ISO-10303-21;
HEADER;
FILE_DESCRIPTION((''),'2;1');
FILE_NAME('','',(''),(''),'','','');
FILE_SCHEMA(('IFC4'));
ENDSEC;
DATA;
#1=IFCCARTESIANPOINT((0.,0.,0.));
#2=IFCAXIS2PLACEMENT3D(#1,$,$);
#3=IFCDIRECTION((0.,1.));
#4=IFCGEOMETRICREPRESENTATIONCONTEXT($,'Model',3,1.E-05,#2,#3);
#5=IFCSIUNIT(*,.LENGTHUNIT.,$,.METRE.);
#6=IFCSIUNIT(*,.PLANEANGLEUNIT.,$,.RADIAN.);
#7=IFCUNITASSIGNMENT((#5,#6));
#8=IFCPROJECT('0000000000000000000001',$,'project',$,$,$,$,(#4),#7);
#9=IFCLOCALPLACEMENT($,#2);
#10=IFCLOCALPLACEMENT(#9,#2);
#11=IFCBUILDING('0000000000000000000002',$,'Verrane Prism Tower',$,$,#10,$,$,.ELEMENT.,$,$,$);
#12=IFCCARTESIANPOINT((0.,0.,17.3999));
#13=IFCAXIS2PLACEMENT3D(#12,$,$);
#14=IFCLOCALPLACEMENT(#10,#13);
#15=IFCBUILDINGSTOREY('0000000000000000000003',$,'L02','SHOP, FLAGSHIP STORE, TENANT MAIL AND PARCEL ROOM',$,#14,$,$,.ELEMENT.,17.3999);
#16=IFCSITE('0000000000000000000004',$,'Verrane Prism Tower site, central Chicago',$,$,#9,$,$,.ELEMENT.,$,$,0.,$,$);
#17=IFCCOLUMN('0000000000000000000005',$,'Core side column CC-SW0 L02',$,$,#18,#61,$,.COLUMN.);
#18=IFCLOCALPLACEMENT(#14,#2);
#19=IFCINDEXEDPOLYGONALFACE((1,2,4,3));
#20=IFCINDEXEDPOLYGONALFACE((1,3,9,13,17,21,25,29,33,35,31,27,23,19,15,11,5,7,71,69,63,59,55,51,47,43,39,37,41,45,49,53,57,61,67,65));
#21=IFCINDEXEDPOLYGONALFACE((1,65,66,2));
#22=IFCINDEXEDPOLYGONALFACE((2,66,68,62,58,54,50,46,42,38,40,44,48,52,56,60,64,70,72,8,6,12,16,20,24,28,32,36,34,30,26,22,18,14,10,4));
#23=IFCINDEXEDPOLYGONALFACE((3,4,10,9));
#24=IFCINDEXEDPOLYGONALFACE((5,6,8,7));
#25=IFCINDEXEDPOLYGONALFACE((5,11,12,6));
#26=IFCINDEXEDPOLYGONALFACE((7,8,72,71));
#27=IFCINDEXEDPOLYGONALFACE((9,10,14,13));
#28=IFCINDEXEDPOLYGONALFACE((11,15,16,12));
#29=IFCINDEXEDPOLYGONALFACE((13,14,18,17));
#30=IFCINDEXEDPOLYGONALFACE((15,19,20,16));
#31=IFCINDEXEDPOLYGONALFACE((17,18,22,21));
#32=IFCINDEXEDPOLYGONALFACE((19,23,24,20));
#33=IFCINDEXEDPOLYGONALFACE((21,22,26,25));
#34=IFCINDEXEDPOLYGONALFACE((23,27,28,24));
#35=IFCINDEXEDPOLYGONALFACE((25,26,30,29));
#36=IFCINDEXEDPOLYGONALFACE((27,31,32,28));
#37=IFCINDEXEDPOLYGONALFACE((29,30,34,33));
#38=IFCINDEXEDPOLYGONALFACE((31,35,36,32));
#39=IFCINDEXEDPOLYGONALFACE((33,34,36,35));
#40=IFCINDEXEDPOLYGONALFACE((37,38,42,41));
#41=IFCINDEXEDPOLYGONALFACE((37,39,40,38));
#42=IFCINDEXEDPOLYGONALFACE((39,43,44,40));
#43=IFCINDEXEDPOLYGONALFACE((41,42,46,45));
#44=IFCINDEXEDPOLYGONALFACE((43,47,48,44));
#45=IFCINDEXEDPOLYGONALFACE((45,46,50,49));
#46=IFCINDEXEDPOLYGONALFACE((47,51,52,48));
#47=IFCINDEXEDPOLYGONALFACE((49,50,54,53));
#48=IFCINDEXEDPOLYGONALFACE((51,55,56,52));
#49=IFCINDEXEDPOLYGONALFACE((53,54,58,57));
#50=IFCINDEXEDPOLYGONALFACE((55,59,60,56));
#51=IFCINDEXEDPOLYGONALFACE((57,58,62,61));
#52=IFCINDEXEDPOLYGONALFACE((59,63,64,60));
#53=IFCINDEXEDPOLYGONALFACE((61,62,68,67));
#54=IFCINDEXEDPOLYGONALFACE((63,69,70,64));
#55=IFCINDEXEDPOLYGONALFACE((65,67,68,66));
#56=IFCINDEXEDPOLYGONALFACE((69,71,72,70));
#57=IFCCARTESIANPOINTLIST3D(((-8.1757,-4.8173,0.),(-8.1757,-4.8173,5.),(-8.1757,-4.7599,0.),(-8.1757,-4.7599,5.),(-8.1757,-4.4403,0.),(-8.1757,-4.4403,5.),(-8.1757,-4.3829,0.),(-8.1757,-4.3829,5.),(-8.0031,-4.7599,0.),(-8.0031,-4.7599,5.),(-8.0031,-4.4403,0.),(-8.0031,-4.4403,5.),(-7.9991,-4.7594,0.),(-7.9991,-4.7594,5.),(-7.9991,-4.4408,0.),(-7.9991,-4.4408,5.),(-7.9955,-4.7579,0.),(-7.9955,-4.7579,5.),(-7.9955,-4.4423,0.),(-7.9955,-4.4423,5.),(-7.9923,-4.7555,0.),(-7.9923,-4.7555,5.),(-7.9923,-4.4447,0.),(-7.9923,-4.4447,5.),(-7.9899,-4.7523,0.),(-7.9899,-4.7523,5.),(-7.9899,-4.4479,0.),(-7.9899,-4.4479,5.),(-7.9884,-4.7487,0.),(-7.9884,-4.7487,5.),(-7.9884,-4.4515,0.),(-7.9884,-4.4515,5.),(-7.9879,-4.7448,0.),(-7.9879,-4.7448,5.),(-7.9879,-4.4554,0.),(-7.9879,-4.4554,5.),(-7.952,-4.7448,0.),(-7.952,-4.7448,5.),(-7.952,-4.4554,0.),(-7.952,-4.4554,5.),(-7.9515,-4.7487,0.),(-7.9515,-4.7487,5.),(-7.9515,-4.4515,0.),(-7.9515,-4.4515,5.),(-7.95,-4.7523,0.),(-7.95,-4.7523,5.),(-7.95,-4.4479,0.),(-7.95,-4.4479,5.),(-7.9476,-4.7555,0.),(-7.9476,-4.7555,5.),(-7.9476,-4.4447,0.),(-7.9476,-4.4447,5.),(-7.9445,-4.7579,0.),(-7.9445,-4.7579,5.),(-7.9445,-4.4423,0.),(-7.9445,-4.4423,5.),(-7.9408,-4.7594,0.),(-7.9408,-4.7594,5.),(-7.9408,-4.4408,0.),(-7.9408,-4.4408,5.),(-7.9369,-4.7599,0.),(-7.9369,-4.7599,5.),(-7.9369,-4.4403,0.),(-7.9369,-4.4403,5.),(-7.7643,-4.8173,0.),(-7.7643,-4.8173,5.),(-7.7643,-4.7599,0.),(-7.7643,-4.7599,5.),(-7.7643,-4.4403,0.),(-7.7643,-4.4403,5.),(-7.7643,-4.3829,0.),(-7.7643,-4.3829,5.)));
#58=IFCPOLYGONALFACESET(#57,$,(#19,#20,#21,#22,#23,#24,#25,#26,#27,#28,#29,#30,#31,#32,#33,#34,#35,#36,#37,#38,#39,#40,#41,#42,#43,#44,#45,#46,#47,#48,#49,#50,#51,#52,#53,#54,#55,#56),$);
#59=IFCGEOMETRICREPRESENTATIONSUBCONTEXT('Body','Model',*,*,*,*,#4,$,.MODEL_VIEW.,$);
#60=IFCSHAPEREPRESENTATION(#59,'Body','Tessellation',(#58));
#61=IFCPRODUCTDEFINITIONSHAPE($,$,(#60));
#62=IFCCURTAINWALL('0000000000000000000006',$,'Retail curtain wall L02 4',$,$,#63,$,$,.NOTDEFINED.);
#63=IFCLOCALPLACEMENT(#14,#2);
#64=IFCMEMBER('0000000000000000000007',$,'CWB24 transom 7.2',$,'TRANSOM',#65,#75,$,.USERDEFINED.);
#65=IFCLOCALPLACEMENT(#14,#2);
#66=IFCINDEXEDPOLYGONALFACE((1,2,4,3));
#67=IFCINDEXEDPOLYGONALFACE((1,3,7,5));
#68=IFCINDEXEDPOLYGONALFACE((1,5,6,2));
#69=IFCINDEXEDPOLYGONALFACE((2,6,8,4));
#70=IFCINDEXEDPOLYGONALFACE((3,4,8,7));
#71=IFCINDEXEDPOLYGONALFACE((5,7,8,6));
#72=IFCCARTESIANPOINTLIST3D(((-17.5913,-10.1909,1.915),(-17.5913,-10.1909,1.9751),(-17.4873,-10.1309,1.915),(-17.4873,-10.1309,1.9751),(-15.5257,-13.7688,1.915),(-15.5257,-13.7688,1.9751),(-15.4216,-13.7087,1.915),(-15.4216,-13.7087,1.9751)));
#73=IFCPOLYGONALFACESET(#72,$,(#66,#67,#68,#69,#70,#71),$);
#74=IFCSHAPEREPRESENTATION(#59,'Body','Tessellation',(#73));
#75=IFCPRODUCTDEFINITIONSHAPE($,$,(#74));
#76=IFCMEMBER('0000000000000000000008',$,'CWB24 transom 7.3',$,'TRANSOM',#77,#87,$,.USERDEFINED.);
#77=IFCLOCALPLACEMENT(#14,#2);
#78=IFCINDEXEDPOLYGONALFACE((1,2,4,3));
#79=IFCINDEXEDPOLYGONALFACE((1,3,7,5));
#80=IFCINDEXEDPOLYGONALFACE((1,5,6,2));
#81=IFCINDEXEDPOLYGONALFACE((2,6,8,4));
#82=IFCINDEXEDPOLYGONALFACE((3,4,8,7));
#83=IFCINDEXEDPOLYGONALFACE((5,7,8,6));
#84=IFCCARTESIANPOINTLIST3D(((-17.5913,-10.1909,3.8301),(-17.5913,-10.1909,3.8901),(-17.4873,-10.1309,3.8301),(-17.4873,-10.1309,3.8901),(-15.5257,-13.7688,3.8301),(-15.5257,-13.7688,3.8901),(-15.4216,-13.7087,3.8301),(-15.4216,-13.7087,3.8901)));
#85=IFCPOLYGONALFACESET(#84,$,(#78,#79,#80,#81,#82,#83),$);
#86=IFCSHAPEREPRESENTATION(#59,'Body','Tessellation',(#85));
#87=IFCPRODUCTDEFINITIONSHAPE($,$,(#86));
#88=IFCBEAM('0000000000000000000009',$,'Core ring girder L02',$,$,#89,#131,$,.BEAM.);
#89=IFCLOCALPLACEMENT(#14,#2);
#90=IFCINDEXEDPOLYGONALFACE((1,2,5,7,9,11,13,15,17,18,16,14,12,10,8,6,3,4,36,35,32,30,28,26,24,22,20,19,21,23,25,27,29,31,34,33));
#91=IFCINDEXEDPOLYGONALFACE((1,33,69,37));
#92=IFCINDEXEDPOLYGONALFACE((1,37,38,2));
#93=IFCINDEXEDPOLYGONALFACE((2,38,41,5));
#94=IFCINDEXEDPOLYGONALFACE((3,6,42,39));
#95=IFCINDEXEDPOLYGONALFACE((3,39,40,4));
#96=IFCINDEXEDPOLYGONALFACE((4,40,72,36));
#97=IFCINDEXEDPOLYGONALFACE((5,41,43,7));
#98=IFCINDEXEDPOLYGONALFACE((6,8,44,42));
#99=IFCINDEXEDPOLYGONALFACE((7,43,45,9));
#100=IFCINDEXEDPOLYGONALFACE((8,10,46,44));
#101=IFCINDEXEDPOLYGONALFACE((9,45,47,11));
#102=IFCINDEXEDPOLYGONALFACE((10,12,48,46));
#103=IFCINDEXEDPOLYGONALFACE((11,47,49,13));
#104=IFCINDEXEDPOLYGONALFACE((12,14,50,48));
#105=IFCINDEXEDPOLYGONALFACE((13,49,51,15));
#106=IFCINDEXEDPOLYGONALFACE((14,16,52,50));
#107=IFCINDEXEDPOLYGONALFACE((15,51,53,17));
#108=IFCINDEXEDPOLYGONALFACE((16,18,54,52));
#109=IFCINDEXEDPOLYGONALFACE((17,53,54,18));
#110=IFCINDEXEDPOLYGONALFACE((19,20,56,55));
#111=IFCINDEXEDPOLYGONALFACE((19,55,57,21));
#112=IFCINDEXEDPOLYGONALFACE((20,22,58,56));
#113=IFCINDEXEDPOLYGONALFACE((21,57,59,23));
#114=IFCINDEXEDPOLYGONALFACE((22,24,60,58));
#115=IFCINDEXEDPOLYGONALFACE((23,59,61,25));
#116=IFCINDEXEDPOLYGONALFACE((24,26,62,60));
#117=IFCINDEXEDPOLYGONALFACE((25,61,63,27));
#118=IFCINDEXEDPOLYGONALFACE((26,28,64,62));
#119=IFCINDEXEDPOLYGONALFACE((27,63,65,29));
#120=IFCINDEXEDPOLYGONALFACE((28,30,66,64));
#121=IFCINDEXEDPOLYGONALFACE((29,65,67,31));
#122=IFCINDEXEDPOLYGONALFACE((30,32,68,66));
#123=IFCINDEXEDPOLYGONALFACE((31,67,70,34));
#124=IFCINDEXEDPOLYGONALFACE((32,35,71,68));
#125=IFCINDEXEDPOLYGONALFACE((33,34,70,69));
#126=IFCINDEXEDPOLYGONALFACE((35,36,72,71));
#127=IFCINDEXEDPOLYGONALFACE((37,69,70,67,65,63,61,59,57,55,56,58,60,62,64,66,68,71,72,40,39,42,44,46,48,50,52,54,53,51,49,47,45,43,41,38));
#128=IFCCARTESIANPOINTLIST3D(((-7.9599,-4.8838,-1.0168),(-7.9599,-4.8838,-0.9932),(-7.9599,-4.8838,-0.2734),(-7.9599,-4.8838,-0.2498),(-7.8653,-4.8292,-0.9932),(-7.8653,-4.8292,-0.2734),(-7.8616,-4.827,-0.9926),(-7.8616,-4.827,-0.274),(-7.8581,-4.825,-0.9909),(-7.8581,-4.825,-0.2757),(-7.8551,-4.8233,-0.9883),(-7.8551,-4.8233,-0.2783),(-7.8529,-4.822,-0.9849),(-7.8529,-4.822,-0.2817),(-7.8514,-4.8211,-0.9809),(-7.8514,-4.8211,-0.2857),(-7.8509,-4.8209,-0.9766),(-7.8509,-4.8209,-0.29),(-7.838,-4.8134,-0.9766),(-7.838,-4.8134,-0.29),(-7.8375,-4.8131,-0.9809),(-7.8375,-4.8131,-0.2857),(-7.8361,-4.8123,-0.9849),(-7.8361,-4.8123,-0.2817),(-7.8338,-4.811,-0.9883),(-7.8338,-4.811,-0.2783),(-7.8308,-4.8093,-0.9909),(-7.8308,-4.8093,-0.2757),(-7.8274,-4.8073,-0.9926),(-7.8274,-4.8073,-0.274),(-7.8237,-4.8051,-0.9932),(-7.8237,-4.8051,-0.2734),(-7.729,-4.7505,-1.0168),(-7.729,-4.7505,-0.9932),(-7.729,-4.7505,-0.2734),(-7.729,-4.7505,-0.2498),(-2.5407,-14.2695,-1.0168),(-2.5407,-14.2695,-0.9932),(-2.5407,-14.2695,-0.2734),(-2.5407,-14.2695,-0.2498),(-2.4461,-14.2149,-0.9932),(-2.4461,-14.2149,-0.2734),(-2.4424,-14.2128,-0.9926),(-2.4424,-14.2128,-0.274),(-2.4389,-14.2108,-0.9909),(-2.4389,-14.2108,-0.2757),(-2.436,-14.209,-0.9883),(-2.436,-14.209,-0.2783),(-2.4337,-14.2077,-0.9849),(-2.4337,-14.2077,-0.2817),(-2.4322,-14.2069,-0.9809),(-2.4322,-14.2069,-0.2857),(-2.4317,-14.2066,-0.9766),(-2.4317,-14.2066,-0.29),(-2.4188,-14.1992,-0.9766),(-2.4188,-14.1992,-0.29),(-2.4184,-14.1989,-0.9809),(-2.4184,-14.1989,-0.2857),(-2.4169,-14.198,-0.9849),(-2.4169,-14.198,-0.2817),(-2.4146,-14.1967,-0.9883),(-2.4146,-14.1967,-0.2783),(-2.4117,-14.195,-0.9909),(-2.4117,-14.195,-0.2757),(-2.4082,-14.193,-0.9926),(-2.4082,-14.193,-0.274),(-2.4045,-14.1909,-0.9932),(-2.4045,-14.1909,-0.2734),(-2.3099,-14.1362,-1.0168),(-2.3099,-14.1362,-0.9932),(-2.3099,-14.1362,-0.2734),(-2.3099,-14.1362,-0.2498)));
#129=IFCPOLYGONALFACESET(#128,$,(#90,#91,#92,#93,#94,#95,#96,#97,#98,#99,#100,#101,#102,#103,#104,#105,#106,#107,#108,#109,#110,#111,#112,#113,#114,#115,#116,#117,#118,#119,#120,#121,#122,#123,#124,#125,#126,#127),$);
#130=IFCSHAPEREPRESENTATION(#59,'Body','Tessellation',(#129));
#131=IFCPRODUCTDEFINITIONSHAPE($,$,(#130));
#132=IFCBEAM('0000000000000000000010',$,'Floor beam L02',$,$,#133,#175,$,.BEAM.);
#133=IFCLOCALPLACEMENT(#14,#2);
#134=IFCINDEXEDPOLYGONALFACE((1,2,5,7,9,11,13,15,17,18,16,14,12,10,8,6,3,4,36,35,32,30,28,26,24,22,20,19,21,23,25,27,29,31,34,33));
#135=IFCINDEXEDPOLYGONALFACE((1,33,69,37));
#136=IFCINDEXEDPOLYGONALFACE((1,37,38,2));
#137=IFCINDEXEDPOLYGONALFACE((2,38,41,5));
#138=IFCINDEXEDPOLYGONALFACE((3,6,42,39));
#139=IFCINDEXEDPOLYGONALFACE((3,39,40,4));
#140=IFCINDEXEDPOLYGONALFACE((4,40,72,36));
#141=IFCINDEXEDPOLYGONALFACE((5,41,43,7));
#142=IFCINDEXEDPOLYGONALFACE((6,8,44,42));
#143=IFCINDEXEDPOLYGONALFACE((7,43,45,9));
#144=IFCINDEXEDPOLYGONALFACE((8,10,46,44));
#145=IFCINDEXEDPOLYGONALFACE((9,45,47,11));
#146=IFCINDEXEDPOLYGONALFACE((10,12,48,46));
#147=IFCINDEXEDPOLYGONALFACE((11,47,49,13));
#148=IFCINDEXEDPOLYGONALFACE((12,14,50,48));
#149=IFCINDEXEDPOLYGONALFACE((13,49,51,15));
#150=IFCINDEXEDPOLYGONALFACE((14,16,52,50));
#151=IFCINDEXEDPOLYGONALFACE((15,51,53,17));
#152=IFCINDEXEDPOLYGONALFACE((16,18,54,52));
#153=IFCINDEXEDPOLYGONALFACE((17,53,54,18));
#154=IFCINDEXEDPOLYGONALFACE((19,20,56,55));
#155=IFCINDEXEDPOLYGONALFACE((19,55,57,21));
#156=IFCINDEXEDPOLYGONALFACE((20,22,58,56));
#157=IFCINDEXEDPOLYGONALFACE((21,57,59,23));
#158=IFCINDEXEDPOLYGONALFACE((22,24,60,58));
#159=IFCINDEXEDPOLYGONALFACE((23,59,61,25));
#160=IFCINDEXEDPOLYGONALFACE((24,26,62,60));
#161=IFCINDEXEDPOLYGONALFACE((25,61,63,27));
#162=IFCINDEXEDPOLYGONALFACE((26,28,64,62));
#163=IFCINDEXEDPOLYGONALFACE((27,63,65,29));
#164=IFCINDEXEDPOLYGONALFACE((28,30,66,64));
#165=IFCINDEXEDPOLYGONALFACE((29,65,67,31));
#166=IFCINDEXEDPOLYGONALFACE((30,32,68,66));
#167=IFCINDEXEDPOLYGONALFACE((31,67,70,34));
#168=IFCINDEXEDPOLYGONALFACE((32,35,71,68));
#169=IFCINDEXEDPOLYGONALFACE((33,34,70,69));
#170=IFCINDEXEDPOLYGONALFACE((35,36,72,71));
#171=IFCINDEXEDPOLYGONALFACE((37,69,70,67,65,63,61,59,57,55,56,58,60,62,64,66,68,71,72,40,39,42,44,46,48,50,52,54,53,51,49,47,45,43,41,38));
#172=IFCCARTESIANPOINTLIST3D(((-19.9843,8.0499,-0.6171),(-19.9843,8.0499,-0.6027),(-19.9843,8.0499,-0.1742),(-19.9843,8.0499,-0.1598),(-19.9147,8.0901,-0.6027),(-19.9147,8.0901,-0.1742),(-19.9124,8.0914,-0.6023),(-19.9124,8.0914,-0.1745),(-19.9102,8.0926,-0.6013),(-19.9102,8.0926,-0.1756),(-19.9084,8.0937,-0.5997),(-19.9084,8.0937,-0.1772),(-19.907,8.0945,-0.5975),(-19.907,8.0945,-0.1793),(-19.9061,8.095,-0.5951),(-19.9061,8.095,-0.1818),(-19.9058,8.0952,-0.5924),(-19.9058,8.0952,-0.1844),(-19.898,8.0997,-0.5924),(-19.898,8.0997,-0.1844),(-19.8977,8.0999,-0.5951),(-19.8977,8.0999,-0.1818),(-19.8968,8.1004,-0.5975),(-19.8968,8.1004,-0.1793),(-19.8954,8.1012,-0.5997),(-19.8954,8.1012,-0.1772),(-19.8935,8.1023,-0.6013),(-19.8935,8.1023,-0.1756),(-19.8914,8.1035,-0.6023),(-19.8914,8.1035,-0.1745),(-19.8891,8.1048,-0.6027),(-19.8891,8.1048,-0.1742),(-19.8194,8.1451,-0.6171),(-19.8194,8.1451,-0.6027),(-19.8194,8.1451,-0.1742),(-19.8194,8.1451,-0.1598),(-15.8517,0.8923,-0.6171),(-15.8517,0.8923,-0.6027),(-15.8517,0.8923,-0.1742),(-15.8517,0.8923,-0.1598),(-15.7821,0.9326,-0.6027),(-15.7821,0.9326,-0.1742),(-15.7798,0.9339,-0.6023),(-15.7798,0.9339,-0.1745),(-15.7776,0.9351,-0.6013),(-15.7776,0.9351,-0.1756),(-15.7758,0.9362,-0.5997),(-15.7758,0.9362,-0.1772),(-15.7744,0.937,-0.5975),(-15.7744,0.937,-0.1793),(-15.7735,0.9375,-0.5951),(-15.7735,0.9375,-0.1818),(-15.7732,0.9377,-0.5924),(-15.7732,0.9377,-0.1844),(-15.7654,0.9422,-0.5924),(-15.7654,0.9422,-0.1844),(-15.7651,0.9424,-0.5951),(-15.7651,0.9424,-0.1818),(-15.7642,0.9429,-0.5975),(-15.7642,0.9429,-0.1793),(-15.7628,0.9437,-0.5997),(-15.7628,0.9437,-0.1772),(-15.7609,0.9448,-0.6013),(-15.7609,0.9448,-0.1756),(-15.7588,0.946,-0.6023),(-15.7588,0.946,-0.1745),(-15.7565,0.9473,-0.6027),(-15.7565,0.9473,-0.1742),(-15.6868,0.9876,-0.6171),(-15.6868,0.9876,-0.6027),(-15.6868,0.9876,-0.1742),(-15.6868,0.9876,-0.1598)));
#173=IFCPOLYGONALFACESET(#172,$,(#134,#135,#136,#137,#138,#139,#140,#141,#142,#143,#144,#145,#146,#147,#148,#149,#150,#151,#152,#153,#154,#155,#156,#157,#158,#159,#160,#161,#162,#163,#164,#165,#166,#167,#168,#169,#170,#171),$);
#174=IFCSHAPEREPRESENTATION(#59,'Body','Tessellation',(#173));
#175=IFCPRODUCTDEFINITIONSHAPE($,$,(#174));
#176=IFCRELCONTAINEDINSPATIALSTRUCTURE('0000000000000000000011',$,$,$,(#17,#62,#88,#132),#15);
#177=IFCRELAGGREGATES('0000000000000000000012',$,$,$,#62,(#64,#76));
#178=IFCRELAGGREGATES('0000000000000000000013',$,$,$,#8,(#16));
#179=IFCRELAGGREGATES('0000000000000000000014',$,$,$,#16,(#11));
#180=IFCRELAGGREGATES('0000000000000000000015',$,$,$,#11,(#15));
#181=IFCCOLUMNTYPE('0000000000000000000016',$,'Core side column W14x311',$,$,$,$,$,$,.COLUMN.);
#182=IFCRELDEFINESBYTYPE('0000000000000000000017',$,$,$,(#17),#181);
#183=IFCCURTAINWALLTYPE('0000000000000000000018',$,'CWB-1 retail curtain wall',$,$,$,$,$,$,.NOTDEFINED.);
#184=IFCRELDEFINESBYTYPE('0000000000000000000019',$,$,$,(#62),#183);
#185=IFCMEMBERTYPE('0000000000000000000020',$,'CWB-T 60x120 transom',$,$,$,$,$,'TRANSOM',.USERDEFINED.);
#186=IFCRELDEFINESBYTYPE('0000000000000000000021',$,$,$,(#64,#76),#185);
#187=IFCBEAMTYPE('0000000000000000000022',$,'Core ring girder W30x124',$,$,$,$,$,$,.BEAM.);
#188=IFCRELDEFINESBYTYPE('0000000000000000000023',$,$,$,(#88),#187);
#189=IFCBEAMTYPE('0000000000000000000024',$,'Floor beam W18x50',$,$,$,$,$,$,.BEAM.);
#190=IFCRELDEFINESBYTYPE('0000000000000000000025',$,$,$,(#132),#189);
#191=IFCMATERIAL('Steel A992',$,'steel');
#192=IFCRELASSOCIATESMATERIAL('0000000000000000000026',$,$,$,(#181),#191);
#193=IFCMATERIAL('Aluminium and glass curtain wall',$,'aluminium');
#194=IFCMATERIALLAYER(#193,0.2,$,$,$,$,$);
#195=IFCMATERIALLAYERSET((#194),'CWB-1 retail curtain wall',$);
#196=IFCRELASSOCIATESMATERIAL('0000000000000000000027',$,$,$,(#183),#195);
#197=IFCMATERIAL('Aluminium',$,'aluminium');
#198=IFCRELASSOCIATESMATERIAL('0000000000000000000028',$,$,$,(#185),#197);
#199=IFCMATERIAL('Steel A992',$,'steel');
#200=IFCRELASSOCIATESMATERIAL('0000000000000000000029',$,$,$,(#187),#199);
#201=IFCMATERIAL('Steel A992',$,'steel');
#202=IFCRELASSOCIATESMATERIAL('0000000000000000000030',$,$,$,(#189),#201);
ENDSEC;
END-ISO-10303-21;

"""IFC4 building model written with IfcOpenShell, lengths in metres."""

from ifc_helpers import new_model, si_unit, direction, frame, origin, origin_2d, place, context, subcontext, project, spatial, rectangle, i_section, extrude, material, layer, layer_set, material_profile, profile_set, type_object, element, aggregate, save


model = new_model("IFC4")

# Units and contexts
model_context = context("Model", 3, precision=1e-05, world=origin(), true_north=direction((0.0, 1.0)))
body_context = subcontext(model_context, "Body", "Model", "MODEL_VIEW")
ifc_project = project(units=[si_unit("LENGTHUNIT", "METRE"), si_unit("PLANEANGLEUNIT", "RADIAN")], contexts=[model_context])

# Site, building, storey
site_placement = place(None, origin())
site = spatial("IfcSite", under=ifc_project, at=site_placement, Name="Verrane Prism Tower site, central Chicago", CompositionType="ELEMENT", RefElevation=0.0)
building_placement = place(site_placement, origin())
building = spatial("IfcBuilding", under=site, at=building_placement, Name="Verrane Prism Tower", CompositionType="ELEMENT")
storey_placement = place(building_placement, frame((0.0, 0.0, 17.3999)))
storey = spatial("IfcBuildingStorey", under=building, at=storey_placement, Name="L02", Description="SHOP, FLAGSHIP STORE, TENANT MAIL AND PARCEL ROOM", CompositionType="ELEMENT", Elevation=17.3999)

# Column
ifc_material_1 = material(Name="Steel A992", Category="steel")
ifc_material_profile_1 = material_profile(ifc_material_1, i_section(OverallWidth=0.4114, OverallDepth=0.4343, WebThickness=0.0359, FlangeThickness=0.0574, FilletRadius=0.0151, at=origin_2d()), Name="W14x311")
ifc_profile_set_1 = profile_set([ifc_material_profile_1], Name="Steel A992")
column_type = type_object("IfcColumnType", Name="Core side column W14x311", PredefinedType="COLUMN", material=ifc_profile_set_1)
column_placement = place(storey_placement, frame((-7.97, -4.6001, 0.0), z_axis=(0.0, 0.0, 1.0), x_axis=(1.0, 0.0, 0.0)))
element("IfcColumn", 1, at=column_placement, inside=storey, type_object=column_type, Name="Core side column CC-SW0 L02", PredefinedType="COLUMN", context=body_context, shape_type="SweptSolid", body=[
    extrude(i_section(OverallWidth=0.4114, OverallDepth=0.4343, WebThickness=0.0359, FlangeThickness=0.0574, FilletRadius=0.0151, at=origin_2d()), origin(), (0.0, 0.0, 1.0), 5.0),
])

# Curtain wall, members
ifc_material_2 = material(Name="Aluminium and glass curtain wall", Category="aluminium")
ifc_layer_1 = layer(ifc_material_2, 0.2)
ifc_layer_set_1 = layer_set([ifc_layer_1], Name="CWB-1 retail curtain wall")
curtain_wall_type = type_object("IfcCurtainWallType", Name="CWB-1 retail curtain wall", PredefinedType="NOTDEFINED", material=ifc_layer_set_1)
curtain_wall_placement = place(storey_placement, origin())
curtain_wall = element("IfcCurtainWall", 2, at=curtain_wall_placement, inside=storey, type_object=curtain_wall_type, Name="Retail curtain wall L02 4", PredefinedType="NOTDEFINED")
ifc_material_3 = material(Name="Aluminium", Category="aluminium")
ifc_material_profile_2 = material_profile(ifc_material_3, rectangle(XDim=0.1201, YDim=0.0601, at=origin_2d()), Name="CWB-T 60x120 transom")
ifc_profile_set_2 = profile_set([ifc_material_profile_2], Name="Aluminium")
member_type = type_object("IfcMemberType", Name="CWB-T 60x120 transom", ElementType="TRANSOM", PredefinedType="USERDEFINED", material=ifc_profile_set_2)
member_1_placement = place(storey_placement, frame((-17.5393, -10.1609, 1.9451), z_axis=(0.499997, -0.866027, 0.0), x_axis=(0.866027, 0.499997, 0.0)))
member_1 = element("IfcMember", 3, at=member_1_placement, type_object=member_type, Name="CWB24 transom 7.2", ObjectType="TRANSOM", PredefinedType="USERDEFINED", context=body_context, shape_type="SweptSolid", body=[
    extrude(rectangle(XDim=0.1201, YDim=0.0601, at=origin_2d()), origin(), (0.0, 0.0, 1.0), 4.1313),
])
member_2_placement = place(storey_placement, frame((-17.5393, -10.1609, 3.8601), z_axis=(0.499997, -0.866027, 0.0), x_axis=(0.866027, 0.499997, 0.0)))
member_2 = element("IfcMember", 4, at=member_2_placement, type_object=member_type, Name="CWB24 transom 7.3", ObjectType="TRANSOM", PredefinedType="USERDEFINED", context=body_context, shape_type="SweptSolid", body=[
    extrude(rectangle(XDim=0.1201, YDim=0.0601, at=origin_2d()), origin(), (0.0, 0.0, 1.0), 4.1313),
])

# Beams
ifc_material_4 = material(Name="Steel A992", Category="steel")
ifc_material_profile_3 = material_profile(ifc_material_4, i_section(OverallWidth=0.2666, OverallDepth=0.7671, WebThickness=0.0149, FlangeThickness=0.0237, FilletRadius=0.0166, at=origin_2d()), Name="W30x124")
ifc_profile_set_3 = profile_set([ifc_material_profile_3], Name="Steel A992")
beam_type_1 = type_object("IfcBeamType", Name="Core ring girder W30x124", PredefinedType="BEAM", material=ifc_profile_set_3)
beam_1_placement = place(storey_placement, frame((-7.8445, -4.8171, -0.6333), z_axis=(0.500023, -0.866012, 0.0), x_axis=(0.866012, 0.500023, 0.0)))
element("IfcBeam", 5, at=beam_1_placement, inside=storey, type_object=beam_type_1, Name="Core ring girder L02", PredefinedType="BEAM", context=body_context, shape_type="SweptSolid", body=[
    extrude(i_section(OverallWidth=0.2666, OverallDepth=0.7671, WebThickness=0.0149, FlangeThickness=0.0237, FilletRadius=0.0166, at=origin_2d()), origin(), (0.0, 0.0, 1.0), 10.8379),
])
ifc_material_5 = material(Name="Steel A992", Category="steel")
ifc_material_profile_4 = material_profile(ifc_material_5, i_section(OverallWidth=0.1904, OverallDepth=0.4573, WebThickness=0.009, FlangeThickness=0.0144, FilletRadius=0.0103, at=origin_2d()), Name="W18x50")
ifc_profile_set_4 = profile_set([ifc_material_profile_4], Name="Steel A992")
beam_type_2 = type_object("IfcBeamType", Name="Floor beam W18x50", PredefinedType="BEAM", material=ifc_profile_set_4)
beam_2_placement = place(storey_placement, frame((-15.7693, 0.9399, -0.3884), z_axis=(-0.500018, 0.866015, 0.0), x_axis=(-0.866015, -0.500018, 0.0)))
element("IfcBeam", 6, at=beam_2_placement, inside=storey, type_object=beam_type_2, Name="Floor beam L02", PredefinedType="BEAM", context=body_context, shape_type="SweptSolid", body=[
    extrude(i_section(OverallWidth=0.1904, OverallDepth=0.4573, WebThickness=0.009, FlangeThickness=0.0144, FilletRadius=0.0103, at=origin_2d()), origin(), (0.0, 0.0, 1.0), 8.2649),
])

aggregate(curtain_wall, [member_1, member_2])

save(model, "model.ifc")
